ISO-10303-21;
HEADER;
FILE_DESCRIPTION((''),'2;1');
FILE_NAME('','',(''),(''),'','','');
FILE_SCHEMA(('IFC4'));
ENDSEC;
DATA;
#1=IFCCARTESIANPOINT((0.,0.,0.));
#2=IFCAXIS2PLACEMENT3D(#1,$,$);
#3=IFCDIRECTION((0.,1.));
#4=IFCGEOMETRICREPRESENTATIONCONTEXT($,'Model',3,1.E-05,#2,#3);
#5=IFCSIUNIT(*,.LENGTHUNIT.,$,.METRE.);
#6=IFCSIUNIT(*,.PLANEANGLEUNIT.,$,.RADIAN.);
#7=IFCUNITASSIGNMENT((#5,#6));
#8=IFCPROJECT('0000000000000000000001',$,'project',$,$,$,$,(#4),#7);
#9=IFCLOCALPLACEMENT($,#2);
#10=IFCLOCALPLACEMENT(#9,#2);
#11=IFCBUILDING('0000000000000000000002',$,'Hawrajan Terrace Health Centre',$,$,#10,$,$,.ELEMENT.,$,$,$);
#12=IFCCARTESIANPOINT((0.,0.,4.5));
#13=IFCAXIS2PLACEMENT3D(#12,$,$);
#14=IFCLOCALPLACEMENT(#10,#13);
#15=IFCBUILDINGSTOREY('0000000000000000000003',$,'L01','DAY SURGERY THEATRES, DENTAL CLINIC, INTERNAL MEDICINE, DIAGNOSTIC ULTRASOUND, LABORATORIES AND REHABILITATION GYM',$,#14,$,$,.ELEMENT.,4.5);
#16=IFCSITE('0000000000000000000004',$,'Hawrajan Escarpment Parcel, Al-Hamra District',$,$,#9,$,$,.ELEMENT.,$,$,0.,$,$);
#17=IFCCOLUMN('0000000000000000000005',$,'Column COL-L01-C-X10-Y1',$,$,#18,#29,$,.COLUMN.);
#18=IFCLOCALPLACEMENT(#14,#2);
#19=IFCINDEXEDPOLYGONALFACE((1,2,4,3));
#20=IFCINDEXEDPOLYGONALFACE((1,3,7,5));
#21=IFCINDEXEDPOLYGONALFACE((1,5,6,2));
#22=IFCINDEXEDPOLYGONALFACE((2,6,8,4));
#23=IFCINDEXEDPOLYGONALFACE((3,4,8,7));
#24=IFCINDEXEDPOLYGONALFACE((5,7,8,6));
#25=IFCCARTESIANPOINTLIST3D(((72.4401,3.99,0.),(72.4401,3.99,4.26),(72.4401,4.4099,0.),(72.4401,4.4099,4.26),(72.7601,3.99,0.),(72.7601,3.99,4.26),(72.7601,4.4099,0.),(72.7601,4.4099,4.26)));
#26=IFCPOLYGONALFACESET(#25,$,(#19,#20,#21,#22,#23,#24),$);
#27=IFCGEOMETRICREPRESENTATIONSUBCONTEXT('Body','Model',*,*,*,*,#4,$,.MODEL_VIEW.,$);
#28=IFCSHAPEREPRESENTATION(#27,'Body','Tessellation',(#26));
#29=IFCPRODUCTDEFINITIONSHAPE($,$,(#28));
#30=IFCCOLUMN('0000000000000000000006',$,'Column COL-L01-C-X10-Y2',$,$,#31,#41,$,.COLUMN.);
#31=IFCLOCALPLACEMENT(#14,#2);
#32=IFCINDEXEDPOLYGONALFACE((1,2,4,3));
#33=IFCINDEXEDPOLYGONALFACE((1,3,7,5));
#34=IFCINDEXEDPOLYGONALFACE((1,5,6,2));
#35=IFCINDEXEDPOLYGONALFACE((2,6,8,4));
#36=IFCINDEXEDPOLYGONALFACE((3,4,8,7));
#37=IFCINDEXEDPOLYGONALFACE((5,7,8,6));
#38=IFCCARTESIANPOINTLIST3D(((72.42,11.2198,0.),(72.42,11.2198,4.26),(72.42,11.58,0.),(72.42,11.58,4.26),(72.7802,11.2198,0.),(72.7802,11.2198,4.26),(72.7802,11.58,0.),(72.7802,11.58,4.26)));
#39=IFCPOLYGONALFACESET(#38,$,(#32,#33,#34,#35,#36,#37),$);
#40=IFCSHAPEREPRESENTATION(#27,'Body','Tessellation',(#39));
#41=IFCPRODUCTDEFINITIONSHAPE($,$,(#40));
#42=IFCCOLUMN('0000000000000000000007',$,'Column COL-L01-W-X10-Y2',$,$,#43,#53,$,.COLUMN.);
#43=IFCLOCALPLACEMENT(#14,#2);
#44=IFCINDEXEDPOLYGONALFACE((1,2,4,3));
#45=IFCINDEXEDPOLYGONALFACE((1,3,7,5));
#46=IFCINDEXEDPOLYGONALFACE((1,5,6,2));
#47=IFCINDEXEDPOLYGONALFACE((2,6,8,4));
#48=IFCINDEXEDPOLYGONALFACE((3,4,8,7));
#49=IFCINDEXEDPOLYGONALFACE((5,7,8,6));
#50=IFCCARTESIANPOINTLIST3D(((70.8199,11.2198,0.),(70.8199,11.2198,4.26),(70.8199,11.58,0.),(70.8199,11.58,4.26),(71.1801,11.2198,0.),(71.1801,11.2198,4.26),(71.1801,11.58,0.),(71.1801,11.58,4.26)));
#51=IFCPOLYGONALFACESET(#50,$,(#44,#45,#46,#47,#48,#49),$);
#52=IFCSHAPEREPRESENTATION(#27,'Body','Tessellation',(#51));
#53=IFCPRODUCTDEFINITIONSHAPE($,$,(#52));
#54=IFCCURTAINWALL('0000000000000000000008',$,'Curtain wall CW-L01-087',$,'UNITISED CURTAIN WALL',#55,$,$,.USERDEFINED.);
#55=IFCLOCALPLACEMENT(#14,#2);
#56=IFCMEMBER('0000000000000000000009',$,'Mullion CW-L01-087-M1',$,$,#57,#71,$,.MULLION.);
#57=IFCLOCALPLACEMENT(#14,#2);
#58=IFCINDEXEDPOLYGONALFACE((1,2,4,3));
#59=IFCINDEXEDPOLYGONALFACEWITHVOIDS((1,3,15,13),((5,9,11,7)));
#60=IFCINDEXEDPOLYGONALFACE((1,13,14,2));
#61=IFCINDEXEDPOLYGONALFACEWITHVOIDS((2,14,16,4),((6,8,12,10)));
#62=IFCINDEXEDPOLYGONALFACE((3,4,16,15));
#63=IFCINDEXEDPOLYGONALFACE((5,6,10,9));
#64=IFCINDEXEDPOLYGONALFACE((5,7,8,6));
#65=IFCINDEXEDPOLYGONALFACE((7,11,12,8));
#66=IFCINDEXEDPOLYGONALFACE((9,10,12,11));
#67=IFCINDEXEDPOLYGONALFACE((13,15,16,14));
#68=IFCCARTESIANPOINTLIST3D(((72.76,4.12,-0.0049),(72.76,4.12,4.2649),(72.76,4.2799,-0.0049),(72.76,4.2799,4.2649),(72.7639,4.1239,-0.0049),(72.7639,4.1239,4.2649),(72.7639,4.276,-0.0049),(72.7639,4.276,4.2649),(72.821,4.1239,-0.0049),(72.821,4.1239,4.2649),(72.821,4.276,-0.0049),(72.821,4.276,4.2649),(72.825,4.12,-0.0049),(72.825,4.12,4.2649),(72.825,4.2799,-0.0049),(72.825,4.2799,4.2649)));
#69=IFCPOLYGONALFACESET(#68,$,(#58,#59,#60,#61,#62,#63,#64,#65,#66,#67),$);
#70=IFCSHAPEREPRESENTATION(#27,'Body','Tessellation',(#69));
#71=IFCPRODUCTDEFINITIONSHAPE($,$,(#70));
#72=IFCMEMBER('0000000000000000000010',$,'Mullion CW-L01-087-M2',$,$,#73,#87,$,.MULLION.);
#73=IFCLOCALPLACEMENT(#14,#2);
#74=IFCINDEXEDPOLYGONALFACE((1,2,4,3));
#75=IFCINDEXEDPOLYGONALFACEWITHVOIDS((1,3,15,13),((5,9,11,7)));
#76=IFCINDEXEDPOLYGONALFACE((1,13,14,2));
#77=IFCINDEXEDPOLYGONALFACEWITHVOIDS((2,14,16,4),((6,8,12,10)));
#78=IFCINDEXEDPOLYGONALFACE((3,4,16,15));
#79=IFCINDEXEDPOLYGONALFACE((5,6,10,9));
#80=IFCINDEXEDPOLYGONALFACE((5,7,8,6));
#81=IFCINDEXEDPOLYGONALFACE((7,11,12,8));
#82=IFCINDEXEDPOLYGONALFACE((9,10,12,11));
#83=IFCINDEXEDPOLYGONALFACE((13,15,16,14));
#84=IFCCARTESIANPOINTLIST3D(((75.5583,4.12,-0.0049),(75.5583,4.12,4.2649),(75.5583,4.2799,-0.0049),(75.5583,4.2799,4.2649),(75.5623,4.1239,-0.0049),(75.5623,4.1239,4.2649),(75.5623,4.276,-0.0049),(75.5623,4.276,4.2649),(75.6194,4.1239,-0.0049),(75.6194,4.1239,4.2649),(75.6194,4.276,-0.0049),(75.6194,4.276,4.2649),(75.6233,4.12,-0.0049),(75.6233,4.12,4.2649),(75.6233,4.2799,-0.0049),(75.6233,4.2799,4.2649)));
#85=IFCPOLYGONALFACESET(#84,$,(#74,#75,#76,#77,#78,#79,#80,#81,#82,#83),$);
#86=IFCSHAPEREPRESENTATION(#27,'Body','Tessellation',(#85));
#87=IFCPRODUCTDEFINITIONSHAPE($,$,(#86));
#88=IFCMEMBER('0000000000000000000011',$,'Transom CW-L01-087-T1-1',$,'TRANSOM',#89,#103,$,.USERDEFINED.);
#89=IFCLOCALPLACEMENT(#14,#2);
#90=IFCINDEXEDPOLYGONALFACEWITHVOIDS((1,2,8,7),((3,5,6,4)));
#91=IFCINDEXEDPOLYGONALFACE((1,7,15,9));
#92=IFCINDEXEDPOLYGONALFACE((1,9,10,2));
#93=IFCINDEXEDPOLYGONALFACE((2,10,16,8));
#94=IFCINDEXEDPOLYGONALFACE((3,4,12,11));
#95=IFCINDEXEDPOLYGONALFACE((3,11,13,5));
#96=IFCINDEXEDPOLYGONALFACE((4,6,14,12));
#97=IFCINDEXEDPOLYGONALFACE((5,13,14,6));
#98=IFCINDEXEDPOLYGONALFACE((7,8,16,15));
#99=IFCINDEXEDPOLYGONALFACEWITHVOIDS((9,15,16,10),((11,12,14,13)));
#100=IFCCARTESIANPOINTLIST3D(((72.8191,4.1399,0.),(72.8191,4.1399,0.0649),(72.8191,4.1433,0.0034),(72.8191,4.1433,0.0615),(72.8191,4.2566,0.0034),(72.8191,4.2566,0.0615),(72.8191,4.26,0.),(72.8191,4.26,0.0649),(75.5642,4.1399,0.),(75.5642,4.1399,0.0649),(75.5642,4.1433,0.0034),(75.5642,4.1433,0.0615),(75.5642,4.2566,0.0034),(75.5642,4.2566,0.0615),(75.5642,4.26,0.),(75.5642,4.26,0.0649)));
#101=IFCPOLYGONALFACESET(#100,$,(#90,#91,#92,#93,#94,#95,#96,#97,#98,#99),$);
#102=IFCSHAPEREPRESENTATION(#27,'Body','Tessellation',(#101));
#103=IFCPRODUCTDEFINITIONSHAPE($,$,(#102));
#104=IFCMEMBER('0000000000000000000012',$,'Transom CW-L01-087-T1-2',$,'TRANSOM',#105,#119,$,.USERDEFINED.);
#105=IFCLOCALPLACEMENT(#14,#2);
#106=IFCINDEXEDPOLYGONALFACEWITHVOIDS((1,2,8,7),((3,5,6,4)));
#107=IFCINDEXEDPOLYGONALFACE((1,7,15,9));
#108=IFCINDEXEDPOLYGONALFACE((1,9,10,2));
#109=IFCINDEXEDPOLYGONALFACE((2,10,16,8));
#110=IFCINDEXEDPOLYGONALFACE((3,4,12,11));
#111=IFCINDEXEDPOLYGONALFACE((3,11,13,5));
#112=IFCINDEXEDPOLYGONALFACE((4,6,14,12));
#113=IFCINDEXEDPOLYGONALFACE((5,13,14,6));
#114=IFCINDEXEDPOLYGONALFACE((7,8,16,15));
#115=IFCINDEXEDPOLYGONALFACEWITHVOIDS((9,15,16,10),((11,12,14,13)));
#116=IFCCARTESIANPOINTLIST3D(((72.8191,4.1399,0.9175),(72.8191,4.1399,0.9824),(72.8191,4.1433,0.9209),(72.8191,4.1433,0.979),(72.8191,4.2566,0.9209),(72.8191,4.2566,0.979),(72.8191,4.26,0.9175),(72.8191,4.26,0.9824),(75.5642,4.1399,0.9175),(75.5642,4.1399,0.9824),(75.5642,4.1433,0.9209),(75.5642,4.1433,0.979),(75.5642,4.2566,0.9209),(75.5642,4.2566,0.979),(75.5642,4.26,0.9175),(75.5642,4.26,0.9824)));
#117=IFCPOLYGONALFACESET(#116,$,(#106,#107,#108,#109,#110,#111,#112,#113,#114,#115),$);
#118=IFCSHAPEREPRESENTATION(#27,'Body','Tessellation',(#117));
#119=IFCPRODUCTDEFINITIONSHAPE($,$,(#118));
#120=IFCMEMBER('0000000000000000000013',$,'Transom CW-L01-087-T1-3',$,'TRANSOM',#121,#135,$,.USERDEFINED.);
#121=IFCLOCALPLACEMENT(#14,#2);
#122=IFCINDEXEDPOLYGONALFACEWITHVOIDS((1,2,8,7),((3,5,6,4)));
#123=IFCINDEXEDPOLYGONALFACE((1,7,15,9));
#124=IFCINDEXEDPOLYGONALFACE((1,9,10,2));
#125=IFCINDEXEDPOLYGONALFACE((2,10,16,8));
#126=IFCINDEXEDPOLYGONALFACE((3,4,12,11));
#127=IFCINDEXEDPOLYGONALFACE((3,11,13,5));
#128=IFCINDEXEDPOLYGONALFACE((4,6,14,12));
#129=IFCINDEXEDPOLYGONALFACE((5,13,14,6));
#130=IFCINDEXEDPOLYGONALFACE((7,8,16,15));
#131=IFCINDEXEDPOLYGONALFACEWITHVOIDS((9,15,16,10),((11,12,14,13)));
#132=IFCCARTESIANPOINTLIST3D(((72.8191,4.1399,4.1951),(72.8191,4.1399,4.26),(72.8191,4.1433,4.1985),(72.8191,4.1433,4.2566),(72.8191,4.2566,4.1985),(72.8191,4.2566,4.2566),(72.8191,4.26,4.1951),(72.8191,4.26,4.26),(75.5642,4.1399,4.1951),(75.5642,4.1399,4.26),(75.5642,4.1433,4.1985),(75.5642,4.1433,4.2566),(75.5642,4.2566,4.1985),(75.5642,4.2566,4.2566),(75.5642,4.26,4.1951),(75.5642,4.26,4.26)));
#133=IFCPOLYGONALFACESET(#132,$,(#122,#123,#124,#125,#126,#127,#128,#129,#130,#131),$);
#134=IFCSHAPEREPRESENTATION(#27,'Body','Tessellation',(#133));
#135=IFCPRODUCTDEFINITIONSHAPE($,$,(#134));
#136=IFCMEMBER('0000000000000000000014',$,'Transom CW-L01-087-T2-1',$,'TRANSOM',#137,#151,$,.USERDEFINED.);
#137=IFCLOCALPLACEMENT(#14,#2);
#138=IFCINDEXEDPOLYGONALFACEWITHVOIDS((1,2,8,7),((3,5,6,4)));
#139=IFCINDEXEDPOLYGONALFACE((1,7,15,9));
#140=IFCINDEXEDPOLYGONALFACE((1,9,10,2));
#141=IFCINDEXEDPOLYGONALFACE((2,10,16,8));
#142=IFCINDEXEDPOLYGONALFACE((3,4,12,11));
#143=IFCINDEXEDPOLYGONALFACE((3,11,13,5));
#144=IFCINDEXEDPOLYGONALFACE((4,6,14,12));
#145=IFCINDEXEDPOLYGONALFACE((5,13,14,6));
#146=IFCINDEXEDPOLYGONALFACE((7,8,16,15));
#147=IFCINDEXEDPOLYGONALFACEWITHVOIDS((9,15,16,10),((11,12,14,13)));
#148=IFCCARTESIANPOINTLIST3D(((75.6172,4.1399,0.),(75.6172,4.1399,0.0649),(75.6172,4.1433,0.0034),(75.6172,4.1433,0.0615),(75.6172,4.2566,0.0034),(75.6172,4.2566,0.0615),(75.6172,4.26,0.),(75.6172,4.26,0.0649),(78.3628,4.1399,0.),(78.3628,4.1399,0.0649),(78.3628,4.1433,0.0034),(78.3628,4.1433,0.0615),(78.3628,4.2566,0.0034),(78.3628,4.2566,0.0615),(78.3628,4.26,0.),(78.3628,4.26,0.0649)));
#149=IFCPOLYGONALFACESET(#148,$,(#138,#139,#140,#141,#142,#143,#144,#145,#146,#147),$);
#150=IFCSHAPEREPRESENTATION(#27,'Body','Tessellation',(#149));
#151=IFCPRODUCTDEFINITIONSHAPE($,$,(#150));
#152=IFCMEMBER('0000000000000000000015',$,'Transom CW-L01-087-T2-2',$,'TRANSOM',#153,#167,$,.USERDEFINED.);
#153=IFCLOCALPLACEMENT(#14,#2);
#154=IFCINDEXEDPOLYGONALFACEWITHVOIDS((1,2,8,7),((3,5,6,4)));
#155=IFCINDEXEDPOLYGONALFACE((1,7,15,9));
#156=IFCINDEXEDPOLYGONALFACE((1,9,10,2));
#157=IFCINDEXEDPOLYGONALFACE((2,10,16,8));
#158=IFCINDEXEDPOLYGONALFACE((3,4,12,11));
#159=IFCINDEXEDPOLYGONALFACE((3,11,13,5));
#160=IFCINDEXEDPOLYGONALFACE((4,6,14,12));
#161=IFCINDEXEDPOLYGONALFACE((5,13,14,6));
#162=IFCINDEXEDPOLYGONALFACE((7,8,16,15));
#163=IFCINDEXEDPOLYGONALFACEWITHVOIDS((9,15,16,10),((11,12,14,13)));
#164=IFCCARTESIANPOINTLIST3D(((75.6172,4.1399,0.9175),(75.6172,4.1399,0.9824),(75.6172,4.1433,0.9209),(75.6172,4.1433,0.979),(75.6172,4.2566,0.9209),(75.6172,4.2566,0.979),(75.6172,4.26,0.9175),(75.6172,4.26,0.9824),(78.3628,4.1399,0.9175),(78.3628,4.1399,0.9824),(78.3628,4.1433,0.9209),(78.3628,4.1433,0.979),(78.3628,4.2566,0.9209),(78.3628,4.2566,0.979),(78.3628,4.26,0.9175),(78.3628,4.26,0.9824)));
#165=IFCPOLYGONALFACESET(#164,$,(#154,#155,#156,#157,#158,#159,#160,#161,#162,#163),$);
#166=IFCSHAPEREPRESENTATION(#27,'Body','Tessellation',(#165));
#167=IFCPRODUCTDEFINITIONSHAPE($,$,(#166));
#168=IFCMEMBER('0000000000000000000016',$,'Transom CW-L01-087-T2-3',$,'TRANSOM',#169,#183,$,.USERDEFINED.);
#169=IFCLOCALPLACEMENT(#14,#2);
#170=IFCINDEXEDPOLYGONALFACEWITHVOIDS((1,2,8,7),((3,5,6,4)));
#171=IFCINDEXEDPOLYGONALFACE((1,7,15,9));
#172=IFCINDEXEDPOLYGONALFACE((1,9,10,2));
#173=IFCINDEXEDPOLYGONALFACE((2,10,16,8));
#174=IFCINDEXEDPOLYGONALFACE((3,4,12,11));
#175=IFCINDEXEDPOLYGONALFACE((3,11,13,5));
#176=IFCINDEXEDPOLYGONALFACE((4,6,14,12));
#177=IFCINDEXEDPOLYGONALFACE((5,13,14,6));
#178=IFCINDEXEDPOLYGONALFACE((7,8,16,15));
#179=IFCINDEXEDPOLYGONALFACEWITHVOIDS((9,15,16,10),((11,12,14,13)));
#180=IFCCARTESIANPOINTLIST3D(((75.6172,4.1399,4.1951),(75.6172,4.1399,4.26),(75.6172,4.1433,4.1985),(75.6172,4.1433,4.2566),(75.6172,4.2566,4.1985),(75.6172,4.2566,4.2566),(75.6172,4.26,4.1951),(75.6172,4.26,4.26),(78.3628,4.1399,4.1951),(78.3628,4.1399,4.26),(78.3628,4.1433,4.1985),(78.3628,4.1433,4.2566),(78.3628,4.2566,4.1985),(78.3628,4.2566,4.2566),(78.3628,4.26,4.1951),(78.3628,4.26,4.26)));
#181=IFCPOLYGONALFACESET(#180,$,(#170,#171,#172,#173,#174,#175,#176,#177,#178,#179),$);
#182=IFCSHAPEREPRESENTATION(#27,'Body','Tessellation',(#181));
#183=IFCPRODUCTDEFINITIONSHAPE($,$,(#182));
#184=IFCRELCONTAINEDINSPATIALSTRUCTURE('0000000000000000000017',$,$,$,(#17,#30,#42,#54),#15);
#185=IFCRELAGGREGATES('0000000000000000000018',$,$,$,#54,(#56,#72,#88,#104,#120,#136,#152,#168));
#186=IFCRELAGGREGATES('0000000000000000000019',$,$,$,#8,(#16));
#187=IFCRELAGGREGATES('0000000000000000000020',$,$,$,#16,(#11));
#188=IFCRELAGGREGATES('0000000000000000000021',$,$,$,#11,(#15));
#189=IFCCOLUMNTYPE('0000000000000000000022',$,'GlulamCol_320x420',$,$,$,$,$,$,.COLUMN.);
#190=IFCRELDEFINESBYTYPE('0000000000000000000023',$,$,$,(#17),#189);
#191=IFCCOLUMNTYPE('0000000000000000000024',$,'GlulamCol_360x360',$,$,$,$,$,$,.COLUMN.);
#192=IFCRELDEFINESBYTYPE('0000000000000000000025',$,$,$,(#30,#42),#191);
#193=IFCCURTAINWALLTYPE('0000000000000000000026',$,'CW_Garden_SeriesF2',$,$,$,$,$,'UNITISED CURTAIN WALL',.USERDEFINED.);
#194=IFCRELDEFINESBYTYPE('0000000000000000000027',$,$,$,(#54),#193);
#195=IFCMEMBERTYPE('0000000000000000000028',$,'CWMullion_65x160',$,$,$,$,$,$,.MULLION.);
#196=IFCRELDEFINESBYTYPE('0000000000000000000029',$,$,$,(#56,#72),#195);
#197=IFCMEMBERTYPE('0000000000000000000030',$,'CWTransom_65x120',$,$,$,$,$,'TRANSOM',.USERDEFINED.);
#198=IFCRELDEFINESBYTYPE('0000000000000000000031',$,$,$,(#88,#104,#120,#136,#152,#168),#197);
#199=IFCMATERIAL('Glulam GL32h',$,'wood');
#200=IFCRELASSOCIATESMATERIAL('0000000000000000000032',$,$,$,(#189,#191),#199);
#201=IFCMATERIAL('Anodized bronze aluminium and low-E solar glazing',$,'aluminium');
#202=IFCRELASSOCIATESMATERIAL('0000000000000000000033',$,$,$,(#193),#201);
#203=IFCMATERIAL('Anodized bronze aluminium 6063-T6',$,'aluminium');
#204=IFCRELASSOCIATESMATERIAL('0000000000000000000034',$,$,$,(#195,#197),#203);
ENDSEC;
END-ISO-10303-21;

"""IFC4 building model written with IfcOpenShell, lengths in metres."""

from ifc_helpers import new_model, si_unit, direction, frame, origin, origin_2d, place, context, subcontext, project, spatial, rectangle, hollow_rectangle, extrude, material, material_profile, profile_set, type_object, element, aggregate, save


model = new_model("IFC4")

# Units and contexts
model_context = context("Model", 3, precision=1e-05, world=origin(), true_north=direction((0.0, 1.0)))
body_context = subcontext(model_context, "Body", "Model", "MODEL_VIEW")
ifc_project = project(units=[si_unit("LENGTHUNIT", "METRE"), si_unit("PLANEANGLEUNIT", "RADIAN")], contexts=[model_context])

# Site, building, storey
site_placement = place(None, origin())
site = spatial("IfcSite", under=ifc_project, at=site_placement, Name="Hawrajan Escarpment Parcel, Al-Hamra District", CompositionType="ELEMENT", RefElevation=0.0)
building_placement = place(site_placement, origin())
building = spatial("IfcBuilding", under=site, at=building_placement, Name="Hawrajan Terrace Health Centre", CompositionType="ELEMENT")
storey_placement = place(building_placement, frame((0.0, 0.0, 4.5)))
storey = spatial("IfcBuildingStorey", under=building, at=storey_placement, Name="L01", Description="DAY SURGERY THEATRES, DENTAL CLINIC, INTERNAL MEDICINE, DIAGNOSTIC ULTRASOUND, LABORATORIES AND REHABILITATION GYM", CompositionType="ELEMENT", Elevation=4.5)

# Columns
ifc_material_1 = material(Name="Glulam GL32h", Category="wood")
ifc_material_profile_1 = material_profile(ifc_material_1, rectangle(XDim=0.3201, YDim=0.4199, at=origin_2d()), Name="GL 320x420")
ifc_profile_set_1 = profile_set([ifc_material_profile_1], Name="Glulam GL32h")
column_type_1 = type_object("IfcColumnType", Name="GlulamCol_320x420", PredefinedType="COLUMN", material=ifc_profile_set_1)
column_placement = place(storey_placement, frame((72.6001, 4.2, 0.0), z_axis=(0.0, 0.0, 1.0), x_axis=(1.0, 0.0, 0.0)))
element("IfcColumn", 1, at=column_placement, inside=storey, type_object=column_type_1, Name="Column COL-L01-C-X10-Y1", PredefinedType="COLUMN", context=body_context, shape_type="SweptSolid", body=[
    extrude(rectangle(XDim=0.3201, YDim=0.4199, at=origin_2d()), origin(), (0.0, 0.0, 1.0), 4.26),
])
ifc_material_profile_2 = material_profile(ifc_material_1, rectangle(XDim=0.3601, YDim=0.3601, at=origin_2d()), Name="GL 360x360")
ifc_profile_set_2 = profile_set([ifc_material_profile_2], Name="Glulam GL32h")
column_type_2 = type_object("IfcColumnType", Name="GlulamCol_360x360", PredefinedType="COLUMN", material=ifc_profile_set_2)
for number, where, z_axis, x_axis, name in (
    (2, (72.6001, 11.3999, 0.0), (0.0, 0.0, 1.0), (1.0, 0.0, 0.0), "Column COL-L01-C-X10-Y2"),
    (3, (71.0, 11.3999, 0.0), (0.0, 0.0, 1.0), (1.0, 0.0, 0.0), "Column COL-L01-W-X10-Y2"),
):
    element("IfcColumn", number, at=place(storey_placement, frame(where, z_axis=z_axis, x_axis=x_axis)), inside=storey, type_object=column_type_2, Name=name, PredefinedType="COLUMN", context=body_context, shape_type="SweptSolid", body=[
        extrude(rectangle(XDim=0.3601, YDim=0.3601, at=origin_2d()), origin(), (0.0, 0.0, 1.0), 4.26),
    ])

# Curtain wall, members
ifc_material_2 = material(Name="Anodized bronze aluminium and low-E solar glazing", Category="aluminium")
curtain_wall_type = type_object("IfcCurtainWallType", Name="CW_Garden_SeriesF2", ElementType="UNITISED CURTAIN WALL", PredefinedType="USERDEFINED", material=ifc_material_2)
curtain_wall_placement = place(storey_placement, origin())
curtain_wall = element("IfcCurtainWall", 4, at=curtain_wall_placement, inside=storey, type_object=curtain_wall_type, Name="Curtain wall CW-L01-087", ObjectType="UNITISED CURTAIN WALL", PredefinedType="USERDEFINED")
ifc_material_3 = material(Name="Anodized bronze aluminium 6063-T6", Category="aluminium")
ifc_material_profile_3 = material_profile(ifc_material_3, hollow_rectangle(XDim=0.0649, YDim=0.1599, WallThickness=0.0039, at=origin_2d()), Name="CW MUL 65x160")
ifc_profile_set_3 = profile_set([ifc_material_profile_3], Name="Anodized bronze aluminium 6063-T6")
member_type_1 = type_object("IfcMemberType", Name="CWMullion_65x160", PredefinedType="MULLION", material=ifc_profile_set_3)
member_1_placement = place(storey_placement, frame((72.7925, 4.2, -0.0049), z_axis=(0.0, 0.0, 1.0), x_axis=(1.0, 0.0, 0.0)))
member_1 = element("IfcMember", 5, at=member_1_placement, type_object=member_type_1, Name="Mullion CW-L01-087-M1", PredefinedType="MULLION", context=body_context, shape_type="SweptSolid", body=[
    extrude(hollow_rectangle(XDim=0.0649, YDim=0.1599, WallThickness=0.0039, at=origin_2d()), origin(), (0.0, 0.0, 1.0), 4.2698),
])
member_2_placement = place(storey_placement, frame((75.5908, 4.2, -0.0049), z_axis=(0.0, 0.0, 1.0), x_axis=(1.0, 0.0, 0.0)))
member_2 = element("IfcMember", 6, at=member_2_placement, type_object=member_type_1, Name="Mullion CW-L01-087-M2", PredefinedType="MULLION", context=body_context, shape_type="SweptSolid", body=[
    extrude(hollow_rectangle(XDim=0.0649, YDim=0.1599, WallThickness=0.0039, at=origin_2d()), origin(), (0.0, 0.0, 1.0), 4.2698),
])
ifc_material_profile_4 = material_profile(ifc_material_3, hollow_rectangle(XDim=0.0649, YDim=0.1201, WallThickness=0.0034, at=origin_2d()), Name="CW TRN 65x120")
ifc_profile_set_4 = profile_set([ifc_material_profile_4], Name="Anodized bronze aluminium 6063-T6")
member_type_2 = type_object("IfcMemberType", Name="CWTransom_65x120", ElementType="TRANSOM", PredefinedType="USERDEFINED", material=ifc_profile_set_4)
member_3_placement = place(storey_placement, frame((72.8191, 4.2, 0.0325), z_axis=(1.0, 0.0, 0.0), x_axis=(0.0, 0.0, 1.0)))
member_3 = element("IfcMember", 7, at=member_3_placement, type_object=member_type_2, Name="Transom CW-L01-087-T1-1", ObjectType="TRANSOM", PredefinedType="USERDEFINED", context=body_context, shape_type="SweptSolid", body=[
    extrude(hollow_rectangle(XDim=0.0649, YDim=0.1201, WallThickness=0.0034, at=origin_2d()), origin(), (0.0, 0.0, 1.0), 2.7451),
])
member_4_placement = place(storey_placement, frame((72.8191, 4.2, 0.95), z_axis=(1.0, 0.0, 0.0), x_axis=(0.0, 0.0, 1.0)))
member_4 = element("IfcMember", 8, at=member_4_placement, type_object=member_type_2, Name="Transom CW-L01-087-T1-2", ObjectType="TRANSOM", PredefinedType="USERDEFINED", context=body_context, shape_type="SweptSolid", body=[
    extrude(hollow_rectangle(XDim=0.0649, YDim=0.1201, WallThickness=0.0034, at=origin_2d()), origin(), (0.0, 0.0, 1.0), 2.7451),
])
member_5_placement = place(storey_placement, frame((72.8191, 4.2, 4.2275), z_axis=(1.0, 0.0, 0.0), x_axis=(0.0, 0.0, 1.0)))
member_5 = element("IfcMember", 9, at=member_5_placement, type_object=member_type_2, Name="Transom CW-L01-087-T1-3", ObjectType="TRANSOM", PredefinedType="USERDEFINED", context=body_context, shape_type="SweptSolid", body=[
    extrude(hollow_rectangle(XDim=0.0649, YDim=0.1201, WallThickness=0.0034, at=origin_2d()), origin(), (0.0, 0.0, 1.0), 2.7451),
])
member_6_placement = place(storey_placement, frame((75.6172, 4.2, 0.0325), z_axis=(1.0, 0.0, 0.0), x_axis=(0.0, 0.0, 1.0)))
member_6 = element("IfcMember", 10, at=member_6_placement, type_object=member_type_2, Name="Transom CW-L01-087-T2-1", ObjectType="TRANSOM", PredefinedType="USERDEFINED", context=body_context, shape_type="SweptSolid", body=[
    extrude(hollow_rectangle(XDim=0.0649, YDim=0.1201, WallThickness=0.0034, at=origin_2d()), origin(), (0.0, 0.0, 1.0), 2.7456),
])
member_7_placement = place(storey_placement, frame((75.6172, 4.2, 0.95), z_axis=(1.0, 0.0, 0.0), x_axis=(0.0, 0.0, 1.0)))
member_7 = element("IfcMember", 11, at=member_7_placement, type_object=member_type_2, Name="Transom CW-L01-087-T2-2", ObjectType="TRANSOM", PredefinedType="USERDEFINED", context=body_context, shape_type="SweptSolid", body=[
    extrude(hollow_rectangle(XDim=0.0649, YDim=0.1201, WallThickness=0.0034, at=origin_2d()), origin(), (0.0, 0.0, 1.0), 2.7456),
])
member_8_placement = place(storey_placement, frame((75.6172, 4.2, 4.2275), z_axis=(1.0, 0.0, 0.0), x_axis=(0.0, 0.0, 1.0)))
member_8 = element("IfcMember", 12, at=member_8_placement, type_object=member_type_2, Name="Transom CW-L01-087-T2-3", ObjectType="TRANSOM", PredefinedType="USERDEFINED", context=body_context, shape_type="SweptSolid", body=[
    extrude(hollow_rectangle(XDim=0.0649, YDim=0.1201, WallThickness=0.0034, at=origin_2d()), origin(), (0.0, 0.0, 1.0), 2.7456),
])

aggregate(curtain_wall, [member_1, member_2, member_3, member_4, member_5, member_6, member_7, member_8])

save(model, "model.ifc")
